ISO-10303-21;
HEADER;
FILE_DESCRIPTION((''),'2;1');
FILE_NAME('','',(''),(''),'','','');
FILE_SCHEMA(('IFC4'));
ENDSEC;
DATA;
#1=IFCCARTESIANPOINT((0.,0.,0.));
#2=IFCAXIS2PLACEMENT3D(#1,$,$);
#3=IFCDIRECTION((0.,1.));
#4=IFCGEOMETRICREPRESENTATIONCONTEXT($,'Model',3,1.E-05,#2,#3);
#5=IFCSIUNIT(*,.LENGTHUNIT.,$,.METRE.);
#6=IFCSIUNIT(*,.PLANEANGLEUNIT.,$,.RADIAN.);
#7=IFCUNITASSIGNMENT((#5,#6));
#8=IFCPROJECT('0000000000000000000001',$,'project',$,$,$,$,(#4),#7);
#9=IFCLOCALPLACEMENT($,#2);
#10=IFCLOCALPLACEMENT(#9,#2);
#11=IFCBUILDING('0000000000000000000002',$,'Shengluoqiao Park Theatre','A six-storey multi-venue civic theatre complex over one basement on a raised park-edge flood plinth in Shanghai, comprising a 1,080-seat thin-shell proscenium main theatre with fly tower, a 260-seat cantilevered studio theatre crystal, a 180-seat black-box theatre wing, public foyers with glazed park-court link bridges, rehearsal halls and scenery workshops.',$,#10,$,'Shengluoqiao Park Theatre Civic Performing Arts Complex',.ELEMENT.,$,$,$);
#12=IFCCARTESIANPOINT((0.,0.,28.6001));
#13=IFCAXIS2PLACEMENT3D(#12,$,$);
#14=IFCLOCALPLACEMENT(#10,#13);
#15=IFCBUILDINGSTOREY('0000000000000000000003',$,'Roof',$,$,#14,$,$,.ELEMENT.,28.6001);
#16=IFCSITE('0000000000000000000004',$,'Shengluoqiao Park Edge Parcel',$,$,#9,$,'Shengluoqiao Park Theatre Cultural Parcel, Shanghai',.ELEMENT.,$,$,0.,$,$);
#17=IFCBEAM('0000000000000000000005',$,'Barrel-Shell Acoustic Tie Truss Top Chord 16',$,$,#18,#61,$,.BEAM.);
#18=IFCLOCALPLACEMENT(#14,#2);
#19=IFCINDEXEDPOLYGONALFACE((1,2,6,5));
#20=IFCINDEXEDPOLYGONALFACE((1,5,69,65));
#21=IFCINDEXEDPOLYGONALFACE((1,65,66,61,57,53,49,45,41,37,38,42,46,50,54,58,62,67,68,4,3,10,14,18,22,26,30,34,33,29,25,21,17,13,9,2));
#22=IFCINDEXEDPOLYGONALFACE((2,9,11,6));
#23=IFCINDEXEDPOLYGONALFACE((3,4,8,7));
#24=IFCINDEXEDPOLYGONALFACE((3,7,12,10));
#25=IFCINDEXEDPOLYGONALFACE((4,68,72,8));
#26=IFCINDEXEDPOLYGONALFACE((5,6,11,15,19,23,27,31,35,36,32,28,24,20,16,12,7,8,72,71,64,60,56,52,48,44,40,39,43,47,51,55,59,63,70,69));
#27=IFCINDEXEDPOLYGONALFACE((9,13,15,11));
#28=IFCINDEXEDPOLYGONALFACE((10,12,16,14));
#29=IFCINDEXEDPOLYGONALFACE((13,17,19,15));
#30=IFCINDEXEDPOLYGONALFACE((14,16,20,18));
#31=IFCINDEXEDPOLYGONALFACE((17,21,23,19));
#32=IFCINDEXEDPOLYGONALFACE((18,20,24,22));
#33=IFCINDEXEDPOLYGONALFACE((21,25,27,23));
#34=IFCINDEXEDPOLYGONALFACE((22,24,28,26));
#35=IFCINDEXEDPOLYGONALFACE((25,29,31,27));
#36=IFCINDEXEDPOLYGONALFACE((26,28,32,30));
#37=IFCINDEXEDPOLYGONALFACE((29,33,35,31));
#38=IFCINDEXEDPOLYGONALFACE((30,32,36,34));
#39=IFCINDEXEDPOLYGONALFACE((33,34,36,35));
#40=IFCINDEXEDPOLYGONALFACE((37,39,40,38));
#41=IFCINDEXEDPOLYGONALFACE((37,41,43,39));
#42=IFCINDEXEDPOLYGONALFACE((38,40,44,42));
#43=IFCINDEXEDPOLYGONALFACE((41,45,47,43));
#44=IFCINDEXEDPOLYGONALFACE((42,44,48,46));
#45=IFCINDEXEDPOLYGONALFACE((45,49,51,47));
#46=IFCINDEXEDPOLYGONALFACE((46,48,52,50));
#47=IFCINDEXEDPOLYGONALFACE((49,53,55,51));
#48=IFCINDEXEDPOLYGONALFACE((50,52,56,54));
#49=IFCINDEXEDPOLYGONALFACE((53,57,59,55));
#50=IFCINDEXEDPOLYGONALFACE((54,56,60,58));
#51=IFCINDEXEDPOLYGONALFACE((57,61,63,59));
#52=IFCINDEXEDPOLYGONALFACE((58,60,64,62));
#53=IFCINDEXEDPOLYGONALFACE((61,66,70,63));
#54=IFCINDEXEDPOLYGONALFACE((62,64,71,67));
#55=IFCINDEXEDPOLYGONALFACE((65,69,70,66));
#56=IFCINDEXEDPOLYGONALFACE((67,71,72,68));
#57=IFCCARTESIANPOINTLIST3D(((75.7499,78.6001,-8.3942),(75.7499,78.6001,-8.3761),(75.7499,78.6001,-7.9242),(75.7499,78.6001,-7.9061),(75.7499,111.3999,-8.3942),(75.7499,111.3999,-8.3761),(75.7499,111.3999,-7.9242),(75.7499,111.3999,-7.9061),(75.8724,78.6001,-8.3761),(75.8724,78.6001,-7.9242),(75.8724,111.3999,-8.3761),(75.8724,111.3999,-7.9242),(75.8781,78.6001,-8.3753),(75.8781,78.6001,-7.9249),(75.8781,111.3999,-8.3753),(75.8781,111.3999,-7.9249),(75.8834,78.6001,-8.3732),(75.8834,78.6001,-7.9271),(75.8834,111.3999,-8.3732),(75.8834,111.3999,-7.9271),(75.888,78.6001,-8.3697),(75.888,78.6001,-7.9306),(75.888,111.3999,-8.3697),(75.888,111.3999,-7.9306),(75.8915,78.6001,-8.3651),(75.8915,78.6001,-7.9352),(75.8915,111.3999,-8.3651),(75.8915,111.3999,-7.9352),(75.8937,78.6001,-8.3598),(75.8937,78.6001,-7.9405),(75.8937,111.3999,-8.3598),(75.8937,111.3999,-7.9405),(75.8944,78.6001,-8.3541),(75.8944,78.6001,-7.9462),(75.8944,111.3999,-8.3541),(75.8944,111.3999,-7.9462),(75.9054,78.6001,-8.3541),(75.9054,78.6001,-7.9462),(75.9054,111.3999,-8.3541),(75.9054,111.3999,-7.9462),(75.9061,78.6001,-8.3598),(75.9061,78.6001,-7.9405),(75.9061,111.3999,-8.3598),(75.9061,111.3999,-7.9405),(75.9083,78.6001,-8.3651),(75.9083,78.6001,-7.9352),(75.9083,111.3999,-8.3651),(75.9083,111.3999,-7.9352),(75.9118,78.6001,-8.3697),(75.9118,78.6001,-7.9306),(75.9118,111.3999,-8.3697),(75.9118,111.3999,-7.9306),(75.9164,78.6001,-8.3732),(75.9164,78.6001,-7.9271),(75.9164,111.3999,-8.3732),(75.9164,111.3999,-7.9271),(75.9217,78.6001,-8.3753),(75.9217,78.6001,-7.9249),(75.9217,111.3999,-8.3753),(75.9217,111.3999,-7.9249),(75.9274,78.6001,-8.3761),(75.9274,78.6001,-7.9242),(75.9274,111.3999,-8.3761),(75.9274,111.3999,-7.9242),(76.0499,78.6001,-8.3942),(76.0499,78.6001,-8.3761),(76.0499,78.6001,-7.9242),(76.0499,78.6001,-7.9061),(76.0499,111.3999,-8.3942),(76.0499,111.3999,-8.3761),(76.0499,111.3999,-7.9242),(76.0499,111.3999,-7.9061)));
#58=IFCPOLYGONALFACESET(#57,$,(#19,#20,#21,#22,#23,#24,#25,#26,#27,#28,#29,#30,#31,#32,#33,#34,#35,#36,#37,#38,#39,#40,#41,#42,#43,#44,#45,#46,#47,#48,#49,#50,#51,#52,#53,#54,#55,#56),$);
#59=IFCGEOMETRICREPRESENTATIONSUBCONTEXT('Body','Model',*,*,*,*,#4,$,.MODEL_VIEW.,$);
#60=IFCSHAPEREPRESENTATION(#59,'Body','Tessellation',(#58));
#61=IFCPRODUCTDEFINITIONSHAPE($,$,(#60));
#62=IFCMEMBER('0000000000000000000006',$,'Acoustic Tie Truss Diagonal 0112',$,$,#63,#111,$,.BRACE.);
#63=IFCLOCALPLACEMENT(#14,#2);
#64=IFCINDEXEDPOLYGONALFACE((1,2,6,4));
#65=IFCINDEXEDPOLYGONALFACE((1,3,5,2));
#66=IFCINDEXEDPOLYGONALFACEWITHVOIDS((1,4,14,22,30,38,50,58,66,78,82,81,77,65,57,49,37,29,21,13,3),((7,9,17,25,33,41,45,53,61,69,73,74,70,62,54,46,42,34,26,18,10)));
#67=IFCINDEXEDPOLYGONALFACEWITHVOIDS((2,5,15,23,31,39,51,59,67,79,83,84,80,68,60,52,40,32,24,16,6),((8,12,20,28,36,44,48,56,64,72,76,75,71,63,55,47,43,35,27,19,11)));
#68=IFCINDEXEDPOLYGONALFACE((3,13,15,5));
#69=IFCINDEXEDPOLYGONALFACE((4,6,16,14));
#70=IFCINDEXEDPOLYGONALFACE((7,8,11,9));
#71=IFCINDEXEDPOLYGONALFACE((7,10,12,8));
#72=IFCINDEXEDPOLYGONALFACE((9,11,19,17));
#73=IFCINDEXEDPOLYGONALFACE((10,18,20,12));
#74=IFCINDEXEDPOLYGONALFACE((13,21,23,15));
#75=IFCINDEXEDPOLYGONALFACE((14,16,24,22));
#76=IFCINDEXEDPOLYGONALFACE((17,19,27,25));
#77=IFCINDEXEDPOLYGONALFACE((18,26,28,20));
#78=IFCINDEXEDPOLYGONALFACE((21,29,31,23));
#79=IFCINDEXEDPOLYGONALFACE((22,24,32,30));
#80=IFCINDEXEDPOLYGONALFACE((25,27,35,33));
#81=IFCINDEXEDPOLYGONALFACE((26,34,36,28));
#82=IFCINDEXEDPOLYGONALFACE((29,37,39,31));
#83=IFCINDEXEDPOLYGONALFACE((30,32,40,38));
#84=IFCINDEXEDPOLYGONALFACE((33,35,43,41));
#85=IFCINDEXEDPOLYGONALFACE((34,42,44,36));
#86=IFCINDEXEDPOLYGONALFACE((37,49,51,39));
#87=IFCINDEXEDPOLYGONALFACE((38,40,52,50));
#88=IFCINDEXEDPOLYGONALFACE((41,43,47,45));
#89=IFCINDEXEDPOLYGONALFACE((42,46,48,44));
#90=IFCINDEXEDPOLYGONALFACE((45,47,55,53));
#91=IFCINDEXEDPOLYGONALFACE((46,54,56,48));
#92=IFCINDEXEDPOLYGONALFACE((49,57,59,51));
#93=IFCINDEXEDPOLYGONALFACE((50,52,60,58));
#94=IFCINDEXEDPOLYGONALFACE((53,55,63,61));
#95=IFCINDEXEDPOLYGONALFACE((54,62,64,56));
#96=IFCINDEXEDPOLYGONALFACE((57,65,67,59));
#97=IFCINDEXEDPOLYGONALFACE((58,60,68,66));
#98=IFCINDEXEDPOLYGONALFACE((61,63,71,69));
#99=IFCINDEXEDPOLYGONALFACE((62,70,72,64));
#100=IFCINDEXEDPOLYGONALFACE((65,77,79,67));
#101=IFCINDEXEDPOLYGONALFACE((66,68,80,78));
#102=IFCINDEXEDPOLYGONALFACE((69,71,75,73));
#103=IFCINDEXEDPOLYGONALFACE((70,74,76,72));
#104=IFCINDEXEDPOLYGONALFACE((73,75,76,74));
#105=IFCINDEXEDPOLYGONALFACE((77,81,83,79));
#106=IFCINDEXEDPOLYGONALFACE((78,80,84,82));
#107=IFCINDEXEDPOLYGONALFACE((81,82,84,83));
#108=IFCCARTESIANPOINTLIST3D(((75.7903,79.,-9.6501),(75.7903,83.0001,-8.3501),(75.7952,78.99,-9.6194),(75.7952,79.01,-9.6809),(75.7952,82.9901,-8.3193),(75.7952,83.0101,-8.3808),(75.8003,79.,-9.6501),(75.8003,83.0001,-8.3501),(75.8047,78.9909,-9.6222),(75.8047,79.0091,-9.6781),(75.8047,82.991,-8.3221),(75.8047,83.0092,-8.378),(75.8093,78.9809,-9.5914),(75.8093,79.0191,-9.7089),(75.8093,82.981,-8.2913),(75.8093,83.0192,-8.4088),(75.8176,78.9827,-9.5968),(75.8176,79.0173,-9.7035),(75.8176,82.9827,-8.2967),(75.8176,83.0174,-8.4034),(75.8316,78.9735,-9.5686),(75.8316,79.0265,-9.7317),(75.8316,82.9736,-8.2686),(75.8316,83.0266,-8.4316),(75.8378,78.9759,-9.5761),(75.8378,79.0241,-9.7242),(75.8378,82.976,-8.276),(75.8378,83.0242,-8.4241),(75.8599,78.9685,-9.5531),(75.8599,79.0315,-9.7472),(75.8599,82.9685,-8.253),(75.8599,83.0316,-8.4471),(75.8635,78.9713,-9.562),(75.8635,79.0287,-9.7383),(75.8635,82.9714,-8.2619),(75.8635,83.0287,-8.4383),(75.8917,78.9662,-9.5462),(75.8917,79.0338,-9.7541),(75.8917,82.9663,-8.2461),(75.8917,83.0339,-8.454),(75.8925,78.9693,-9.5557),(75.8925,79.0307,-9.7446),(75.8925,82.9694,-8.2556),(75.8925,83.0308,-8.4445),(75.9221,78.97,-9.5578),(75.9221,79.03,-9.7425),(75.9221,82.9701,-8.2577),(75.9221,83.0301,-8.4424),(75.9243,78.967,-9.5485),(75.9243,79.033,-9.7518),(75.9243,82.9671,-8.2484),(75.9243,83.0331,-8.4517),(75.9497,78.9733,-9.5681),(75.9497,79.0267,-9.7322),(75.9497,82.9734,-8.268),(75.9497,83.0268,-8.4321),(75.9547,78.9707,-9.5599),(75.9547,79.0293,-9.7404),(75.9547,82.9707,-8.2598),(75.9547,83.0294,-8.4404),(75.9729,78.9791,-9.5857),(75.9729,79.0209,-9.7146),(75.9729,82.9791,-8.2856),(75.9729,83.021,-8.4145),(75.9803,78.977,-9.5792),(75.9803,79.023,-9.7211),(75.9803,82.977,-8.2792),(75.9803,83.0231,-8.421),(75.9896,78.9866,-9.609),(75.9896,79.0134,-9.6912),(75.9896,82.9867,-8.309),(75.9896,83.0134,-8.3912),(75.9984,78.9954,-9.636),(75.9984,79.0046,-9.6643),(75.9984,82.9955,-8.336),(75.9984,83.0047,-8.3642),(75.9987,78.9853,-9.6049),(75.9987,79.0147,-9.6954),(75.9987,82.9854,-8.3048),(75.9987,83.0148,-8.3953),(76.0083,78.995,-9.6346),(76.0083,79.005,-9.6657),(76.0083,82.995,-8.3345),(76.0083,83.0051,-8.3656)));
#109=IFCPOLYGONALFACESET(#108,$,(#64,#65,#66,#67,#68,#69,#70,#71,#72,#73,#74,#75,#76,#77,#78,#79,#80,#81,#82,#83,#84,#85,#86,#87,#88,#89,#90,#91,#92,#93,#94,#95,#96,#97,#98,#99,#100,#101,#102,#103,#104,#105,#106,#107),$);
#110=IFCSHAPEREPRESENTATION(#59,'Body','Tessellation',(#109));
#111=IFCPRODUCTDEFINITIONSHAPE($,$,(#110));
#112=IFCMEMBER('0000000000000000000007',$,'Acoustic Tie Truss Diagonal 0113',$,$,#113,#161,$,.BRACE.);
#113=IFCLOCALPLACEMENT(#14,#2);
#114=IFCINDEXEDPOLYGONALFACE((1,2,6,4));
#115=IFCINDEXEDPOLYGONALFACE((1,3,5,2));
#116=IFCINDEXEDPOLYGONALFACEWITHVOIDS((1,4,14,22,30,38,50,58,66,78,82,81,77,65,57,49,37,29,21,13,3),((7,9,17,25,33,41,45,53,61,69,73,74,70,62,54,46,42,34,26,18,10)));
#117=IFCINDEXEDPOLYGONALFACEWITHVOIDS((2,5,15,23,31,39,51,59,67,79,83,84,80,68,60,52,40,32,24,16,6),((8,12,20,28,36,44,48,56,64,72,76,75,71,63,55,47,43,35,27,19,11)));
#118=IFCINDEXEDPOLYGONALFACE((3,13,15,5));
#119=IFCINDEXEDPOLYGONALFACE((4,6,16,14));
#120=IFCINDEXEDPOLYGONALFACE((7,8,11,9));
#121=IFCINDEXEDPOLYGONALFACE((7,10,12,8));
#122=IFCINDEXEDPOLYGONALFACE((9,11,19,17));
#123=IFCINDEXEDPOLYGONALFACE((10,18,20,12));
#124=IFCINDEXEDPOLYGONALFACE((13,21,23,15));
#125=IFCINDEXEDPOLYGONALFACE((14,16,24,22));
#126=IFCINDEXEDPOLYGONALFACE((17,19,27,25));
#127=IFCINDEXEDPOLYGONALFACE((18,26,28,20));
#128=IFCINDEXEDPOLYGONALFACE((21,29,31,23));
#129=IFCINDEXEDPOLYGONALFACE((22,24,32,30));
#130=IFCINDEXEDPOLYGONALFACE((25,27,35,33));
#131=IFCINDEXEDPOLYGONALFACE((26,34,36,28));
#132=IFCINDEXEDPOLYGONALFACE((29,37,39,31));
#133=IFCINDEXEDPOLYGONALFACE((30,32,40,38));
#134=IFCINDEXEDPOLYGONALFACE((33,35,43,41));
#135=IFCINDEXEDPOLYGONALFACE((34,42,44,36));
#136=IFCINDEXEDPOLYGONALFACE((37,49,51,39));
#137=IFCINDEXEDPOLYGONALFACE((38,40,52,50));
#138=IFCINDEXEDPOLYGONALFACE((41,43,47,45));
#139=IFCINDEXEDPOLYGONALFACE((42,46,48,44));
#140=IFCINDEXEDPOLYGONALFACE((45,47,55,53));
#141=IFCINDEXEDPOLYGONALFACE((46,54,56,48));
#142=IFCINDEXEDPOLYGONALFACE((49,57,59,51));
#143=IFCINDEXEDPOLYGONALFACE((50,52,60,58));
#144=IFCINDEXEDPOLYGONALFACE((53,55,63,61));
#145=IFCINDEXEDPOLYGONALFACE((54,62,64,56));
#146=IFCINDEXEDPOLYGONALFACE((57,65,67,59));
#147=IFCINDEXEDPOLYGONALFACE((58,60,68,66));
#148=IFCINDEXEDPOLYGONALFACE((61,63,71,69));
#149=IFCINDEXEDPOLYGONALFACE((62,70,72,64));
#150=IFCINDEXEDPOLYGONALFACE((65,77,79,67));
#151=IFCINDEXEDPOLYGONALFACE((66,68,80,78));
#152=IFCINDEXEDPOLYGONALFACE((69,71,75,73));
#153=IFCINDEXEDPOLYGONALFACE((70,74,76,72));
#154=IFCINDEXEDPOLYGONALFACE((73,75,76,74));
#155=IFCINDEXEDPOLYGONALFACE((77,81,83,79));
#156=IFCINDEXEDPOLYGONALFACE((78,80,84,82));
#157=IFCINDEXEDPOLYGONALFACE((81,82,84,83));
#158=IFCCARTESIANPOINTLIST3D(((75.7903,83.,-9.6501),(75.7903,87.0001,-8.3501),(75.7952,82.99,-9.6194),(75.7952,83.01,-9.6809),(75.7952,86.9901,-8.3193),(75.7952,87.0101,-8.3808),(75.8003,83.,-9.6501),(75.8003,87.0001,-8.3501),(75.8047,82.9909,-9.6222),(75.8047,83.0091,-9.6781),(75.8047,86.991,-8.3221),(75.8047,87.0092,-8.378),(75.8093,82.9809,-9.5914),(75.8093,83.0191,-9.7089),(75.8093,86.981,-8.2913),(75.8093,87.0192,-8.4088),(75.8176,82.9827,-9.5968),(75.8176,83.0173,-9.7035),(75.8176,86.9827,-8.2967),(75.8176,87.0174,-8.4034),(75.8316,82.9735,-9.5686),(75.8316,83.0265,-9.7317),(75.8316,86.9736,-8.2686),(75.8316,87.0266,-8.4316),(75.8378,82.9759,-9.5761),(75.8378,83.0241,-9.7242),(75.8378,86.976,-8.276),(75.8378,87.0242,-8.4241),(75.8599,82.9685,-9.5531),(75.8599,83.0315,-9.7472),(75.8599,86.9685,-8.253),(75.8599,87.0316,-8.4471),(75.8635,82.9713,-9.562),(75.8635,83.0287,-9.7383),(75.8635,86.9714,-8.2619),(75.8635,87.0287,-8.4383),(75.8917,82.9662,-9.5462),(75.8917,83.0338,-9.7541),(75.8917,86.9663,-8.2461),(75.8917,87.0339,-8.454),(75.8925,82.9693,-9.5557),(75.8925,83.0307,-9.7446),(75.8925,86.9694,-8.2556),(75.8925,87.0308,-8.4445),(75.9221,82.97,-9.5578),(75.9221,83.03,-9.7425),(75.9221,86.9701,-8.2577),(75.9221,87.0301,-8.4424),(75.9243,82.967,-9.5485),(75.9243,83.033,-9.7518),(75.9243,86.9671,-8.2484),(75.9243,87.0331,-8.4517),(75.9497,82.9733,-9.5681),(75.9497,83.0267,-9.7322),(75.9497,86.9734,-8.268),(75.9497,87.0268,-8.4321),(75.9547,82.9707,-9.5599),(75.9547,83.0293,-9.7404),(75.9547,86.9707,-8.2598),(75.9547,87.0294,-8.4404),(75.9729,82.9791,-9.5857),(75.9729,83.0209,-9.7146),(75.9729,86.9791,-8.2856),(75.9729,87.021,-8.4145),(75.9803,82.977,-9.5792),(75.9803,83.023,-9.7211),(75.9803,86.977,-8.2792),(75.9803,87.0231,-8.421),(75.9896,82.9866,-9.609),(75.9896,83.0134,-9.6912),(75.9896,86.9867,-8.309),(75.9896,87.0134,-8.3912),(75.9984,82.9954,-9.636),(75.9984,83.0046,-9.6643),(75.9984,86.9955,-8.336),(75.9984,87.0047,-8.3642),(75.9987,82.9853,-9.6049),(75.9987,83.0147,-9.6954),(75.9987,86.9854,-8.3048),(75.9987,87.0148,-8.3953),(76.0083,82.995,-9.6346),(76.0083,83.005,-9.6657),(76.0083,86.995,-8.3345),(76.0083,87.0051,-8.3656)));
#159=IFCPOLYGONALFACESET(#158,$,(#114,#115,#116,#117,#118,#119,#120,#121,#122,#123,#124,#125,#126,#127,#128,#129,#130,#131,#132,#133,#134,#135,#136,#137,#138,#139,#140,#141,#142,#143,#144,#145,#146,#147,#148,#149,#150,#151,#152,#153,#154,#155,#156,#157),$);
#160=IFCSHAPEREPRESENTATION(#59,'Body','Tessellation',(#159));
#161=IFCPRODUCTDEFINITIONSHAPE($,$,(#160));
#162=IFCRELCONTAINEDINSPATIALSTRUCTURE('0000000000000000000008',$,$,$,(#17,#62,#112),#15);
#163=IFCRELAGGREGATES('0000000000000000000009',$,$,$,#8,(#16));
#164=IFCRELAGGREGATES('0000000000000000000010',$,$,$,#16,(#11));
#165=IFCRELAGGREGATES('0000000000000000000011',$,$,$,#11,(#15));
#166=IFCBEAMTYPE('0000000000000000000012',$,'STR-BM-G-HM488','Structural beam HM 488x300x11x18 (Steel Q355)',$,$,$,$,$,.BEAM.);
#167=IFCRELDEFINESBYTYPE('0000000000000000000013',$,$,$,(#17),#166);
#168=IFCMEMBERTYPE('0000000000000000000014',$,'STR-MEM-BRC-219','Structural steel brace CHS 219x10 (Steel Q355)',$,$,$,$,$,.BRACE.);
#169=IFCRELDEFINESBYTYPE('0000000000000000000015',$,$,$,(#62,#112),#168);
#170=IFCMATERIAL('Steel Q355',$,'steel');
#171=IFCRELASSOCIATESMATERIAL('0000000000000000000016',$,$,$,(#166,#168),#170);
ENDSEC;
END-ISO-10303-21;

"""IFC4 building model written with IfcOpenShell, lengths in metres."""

from ifc_helpers import new_model, si_unit, direction, frame, origin, origin_2d, place, context, subcontext, project, spatial, hollow_circle, i_section, extrude, material, material_profile, profile_set, type_object, element, save


model = new_model("IFC4")

# Units and contexts
model_context = context("Model", 3, precision=1e-05, world=origin(), true_north=direction((0.0, 1.0)))
body_context = subcontext(model_context, "Body", "Model", "MODEL_VIEW")
ifc_project = project(units=[si_unit("LENGTHUNIT", "METRE"), si_unit("PLANEANGLEUNIT", "RADIAN")], contexts=[model_context])

# Site, building, storey
site_placement = place(None, origin())
site = spatial("IfcSite", under=ifc_project, at=site_placement, Name="Shengluoqiao Park Edge Parcel", LongName="Shengluoqiao Park Theatre Cultural Parcel, Shanghai", CompositionType="ELEMENT", RefElevation=0.0)
building_placement = place(site_placement, origin())
building = spatial("IfcBuilding", under=site, at=building_placement, Name="Shengluoqiao Park Theatre", Description="A six-storey multi-venue civic theatre complex over one basement on a raised park-edge flood plinth in Shanghai, comprising a 1,080-seat thin-shell proscenium main theatre with fly tower, a 260-seat cantilevered studio theatre crystal, a 180-seat black-box theatre wing, public foyers with glazed park-court link bridges, rehearsal halls and scenery workshops.", LongName="Shengluoqiao Park Theatre Civic Performing Arts Complex", CompositionType="ELEMENT")
storey_placement = place(building_placement, frame((0.0, 0.0, 28.6001)))
storey = spatial("IfcBuildingStorey", under=building, at=storey_placement, Name="Roof", CompositionType="ELEMENT", Elevation=28.6001)

# Beam
ifc_material_1 = material(Name="Steel Q355", Category="steel")
ifc_material_profile_1 = material_profile(ifc_material_1, i_section(OverallWidth=0.3, OverallDepth=0.488, WebThickness=0.011, FlangeThickness=0.0181, FilletRadius=0.022, at=origin_2d()), Name="HM 488x300x11x18")
ifc_profile_set_1 = profile_set([ifc_material_profile_1], Name="Steel Q355")
beam_type_1 = type_object("IfcBeamType", Name="STR-BM-G-HM488", Description="Structural beam HM 488x300x11x18 (Steel Q355)", PredefinedType="BEAM", material=ifc_profile_set_1)
for number, where, z_axis, x_axis, name in (
    (1, (75.8999, 78.6001, -8.1501), (0.0, 1.0, 0.0), (-1.0, 0.0, 0.0), "Barrel-Shell Acoustic Tie Truss Top Chord 16"),
):
    element("IfcBeam", number, at=place(storey_placement, frame(where, z_axis=z_axis, x_axis=x_axis)), inside=storey, type_object=beam_type_1, Name=name, PredefinedType="BEAM", context=body_context, shape_type="SweptSolid", body=[
        extrude(i_section(OverallWidth=0.3, OverallDepth=0.488, WebThickness=0.011, FlangeThickness=0.0181, FilletRadius=0.022, at=origin_2d()), origin(), (0.0, 0.0, 1.0), 32.7998),
    ])

# Members
ifc_material_profile_2 = material_profile(ifc_material_1, hollow_circle(Radius=0.1096, WallThickness=0.01, at=origin_2d()), Name="CHS 219x10")
ifc_profile_set_2 = profile_set([ifc_material_profile_2], Name="Steel Q355")
member_type_1 = type_object("IfcMemberType", Name="STR-MEM-BRC-219", Description="Structural steel brace CHS 219x10 (Steel Q355)", PredefinedType="BRACE", material=ifc_profile_set_2)
for number, where, z_axis, x_axis, name in (
    (2, (75.8999, 79.0, -9.6501), (0.0, 0.951031, 0.309097), (-1.0, 0.0, 0.0), "Acoustic Tie Truss Diagonal 0112"),
    (3, (75.8999, 83.0, -9.6501), (0.0, 0.951031, 0.309097), (-1.0, 0.0, 0.0), "Acoustic Tie Truss Diagonal 0113"),
):
    element("IfcMember", number, at=place(storey_placement, frame(where, z_axis=z_axis, x_axis=x_axis)), inside=storey, type_object=member_type_1, Name=name, PredefinedType="BRACE", context=body_context, shape_type="SweptSolid", body=[
        extrude(hollow_circle(Radius=0.1096, WallThickness=0.01, at=origin_2d()), origin(), (0.0, 0.0, 1.0), 4.2061),
    ])

save(model, "model.ifc")
